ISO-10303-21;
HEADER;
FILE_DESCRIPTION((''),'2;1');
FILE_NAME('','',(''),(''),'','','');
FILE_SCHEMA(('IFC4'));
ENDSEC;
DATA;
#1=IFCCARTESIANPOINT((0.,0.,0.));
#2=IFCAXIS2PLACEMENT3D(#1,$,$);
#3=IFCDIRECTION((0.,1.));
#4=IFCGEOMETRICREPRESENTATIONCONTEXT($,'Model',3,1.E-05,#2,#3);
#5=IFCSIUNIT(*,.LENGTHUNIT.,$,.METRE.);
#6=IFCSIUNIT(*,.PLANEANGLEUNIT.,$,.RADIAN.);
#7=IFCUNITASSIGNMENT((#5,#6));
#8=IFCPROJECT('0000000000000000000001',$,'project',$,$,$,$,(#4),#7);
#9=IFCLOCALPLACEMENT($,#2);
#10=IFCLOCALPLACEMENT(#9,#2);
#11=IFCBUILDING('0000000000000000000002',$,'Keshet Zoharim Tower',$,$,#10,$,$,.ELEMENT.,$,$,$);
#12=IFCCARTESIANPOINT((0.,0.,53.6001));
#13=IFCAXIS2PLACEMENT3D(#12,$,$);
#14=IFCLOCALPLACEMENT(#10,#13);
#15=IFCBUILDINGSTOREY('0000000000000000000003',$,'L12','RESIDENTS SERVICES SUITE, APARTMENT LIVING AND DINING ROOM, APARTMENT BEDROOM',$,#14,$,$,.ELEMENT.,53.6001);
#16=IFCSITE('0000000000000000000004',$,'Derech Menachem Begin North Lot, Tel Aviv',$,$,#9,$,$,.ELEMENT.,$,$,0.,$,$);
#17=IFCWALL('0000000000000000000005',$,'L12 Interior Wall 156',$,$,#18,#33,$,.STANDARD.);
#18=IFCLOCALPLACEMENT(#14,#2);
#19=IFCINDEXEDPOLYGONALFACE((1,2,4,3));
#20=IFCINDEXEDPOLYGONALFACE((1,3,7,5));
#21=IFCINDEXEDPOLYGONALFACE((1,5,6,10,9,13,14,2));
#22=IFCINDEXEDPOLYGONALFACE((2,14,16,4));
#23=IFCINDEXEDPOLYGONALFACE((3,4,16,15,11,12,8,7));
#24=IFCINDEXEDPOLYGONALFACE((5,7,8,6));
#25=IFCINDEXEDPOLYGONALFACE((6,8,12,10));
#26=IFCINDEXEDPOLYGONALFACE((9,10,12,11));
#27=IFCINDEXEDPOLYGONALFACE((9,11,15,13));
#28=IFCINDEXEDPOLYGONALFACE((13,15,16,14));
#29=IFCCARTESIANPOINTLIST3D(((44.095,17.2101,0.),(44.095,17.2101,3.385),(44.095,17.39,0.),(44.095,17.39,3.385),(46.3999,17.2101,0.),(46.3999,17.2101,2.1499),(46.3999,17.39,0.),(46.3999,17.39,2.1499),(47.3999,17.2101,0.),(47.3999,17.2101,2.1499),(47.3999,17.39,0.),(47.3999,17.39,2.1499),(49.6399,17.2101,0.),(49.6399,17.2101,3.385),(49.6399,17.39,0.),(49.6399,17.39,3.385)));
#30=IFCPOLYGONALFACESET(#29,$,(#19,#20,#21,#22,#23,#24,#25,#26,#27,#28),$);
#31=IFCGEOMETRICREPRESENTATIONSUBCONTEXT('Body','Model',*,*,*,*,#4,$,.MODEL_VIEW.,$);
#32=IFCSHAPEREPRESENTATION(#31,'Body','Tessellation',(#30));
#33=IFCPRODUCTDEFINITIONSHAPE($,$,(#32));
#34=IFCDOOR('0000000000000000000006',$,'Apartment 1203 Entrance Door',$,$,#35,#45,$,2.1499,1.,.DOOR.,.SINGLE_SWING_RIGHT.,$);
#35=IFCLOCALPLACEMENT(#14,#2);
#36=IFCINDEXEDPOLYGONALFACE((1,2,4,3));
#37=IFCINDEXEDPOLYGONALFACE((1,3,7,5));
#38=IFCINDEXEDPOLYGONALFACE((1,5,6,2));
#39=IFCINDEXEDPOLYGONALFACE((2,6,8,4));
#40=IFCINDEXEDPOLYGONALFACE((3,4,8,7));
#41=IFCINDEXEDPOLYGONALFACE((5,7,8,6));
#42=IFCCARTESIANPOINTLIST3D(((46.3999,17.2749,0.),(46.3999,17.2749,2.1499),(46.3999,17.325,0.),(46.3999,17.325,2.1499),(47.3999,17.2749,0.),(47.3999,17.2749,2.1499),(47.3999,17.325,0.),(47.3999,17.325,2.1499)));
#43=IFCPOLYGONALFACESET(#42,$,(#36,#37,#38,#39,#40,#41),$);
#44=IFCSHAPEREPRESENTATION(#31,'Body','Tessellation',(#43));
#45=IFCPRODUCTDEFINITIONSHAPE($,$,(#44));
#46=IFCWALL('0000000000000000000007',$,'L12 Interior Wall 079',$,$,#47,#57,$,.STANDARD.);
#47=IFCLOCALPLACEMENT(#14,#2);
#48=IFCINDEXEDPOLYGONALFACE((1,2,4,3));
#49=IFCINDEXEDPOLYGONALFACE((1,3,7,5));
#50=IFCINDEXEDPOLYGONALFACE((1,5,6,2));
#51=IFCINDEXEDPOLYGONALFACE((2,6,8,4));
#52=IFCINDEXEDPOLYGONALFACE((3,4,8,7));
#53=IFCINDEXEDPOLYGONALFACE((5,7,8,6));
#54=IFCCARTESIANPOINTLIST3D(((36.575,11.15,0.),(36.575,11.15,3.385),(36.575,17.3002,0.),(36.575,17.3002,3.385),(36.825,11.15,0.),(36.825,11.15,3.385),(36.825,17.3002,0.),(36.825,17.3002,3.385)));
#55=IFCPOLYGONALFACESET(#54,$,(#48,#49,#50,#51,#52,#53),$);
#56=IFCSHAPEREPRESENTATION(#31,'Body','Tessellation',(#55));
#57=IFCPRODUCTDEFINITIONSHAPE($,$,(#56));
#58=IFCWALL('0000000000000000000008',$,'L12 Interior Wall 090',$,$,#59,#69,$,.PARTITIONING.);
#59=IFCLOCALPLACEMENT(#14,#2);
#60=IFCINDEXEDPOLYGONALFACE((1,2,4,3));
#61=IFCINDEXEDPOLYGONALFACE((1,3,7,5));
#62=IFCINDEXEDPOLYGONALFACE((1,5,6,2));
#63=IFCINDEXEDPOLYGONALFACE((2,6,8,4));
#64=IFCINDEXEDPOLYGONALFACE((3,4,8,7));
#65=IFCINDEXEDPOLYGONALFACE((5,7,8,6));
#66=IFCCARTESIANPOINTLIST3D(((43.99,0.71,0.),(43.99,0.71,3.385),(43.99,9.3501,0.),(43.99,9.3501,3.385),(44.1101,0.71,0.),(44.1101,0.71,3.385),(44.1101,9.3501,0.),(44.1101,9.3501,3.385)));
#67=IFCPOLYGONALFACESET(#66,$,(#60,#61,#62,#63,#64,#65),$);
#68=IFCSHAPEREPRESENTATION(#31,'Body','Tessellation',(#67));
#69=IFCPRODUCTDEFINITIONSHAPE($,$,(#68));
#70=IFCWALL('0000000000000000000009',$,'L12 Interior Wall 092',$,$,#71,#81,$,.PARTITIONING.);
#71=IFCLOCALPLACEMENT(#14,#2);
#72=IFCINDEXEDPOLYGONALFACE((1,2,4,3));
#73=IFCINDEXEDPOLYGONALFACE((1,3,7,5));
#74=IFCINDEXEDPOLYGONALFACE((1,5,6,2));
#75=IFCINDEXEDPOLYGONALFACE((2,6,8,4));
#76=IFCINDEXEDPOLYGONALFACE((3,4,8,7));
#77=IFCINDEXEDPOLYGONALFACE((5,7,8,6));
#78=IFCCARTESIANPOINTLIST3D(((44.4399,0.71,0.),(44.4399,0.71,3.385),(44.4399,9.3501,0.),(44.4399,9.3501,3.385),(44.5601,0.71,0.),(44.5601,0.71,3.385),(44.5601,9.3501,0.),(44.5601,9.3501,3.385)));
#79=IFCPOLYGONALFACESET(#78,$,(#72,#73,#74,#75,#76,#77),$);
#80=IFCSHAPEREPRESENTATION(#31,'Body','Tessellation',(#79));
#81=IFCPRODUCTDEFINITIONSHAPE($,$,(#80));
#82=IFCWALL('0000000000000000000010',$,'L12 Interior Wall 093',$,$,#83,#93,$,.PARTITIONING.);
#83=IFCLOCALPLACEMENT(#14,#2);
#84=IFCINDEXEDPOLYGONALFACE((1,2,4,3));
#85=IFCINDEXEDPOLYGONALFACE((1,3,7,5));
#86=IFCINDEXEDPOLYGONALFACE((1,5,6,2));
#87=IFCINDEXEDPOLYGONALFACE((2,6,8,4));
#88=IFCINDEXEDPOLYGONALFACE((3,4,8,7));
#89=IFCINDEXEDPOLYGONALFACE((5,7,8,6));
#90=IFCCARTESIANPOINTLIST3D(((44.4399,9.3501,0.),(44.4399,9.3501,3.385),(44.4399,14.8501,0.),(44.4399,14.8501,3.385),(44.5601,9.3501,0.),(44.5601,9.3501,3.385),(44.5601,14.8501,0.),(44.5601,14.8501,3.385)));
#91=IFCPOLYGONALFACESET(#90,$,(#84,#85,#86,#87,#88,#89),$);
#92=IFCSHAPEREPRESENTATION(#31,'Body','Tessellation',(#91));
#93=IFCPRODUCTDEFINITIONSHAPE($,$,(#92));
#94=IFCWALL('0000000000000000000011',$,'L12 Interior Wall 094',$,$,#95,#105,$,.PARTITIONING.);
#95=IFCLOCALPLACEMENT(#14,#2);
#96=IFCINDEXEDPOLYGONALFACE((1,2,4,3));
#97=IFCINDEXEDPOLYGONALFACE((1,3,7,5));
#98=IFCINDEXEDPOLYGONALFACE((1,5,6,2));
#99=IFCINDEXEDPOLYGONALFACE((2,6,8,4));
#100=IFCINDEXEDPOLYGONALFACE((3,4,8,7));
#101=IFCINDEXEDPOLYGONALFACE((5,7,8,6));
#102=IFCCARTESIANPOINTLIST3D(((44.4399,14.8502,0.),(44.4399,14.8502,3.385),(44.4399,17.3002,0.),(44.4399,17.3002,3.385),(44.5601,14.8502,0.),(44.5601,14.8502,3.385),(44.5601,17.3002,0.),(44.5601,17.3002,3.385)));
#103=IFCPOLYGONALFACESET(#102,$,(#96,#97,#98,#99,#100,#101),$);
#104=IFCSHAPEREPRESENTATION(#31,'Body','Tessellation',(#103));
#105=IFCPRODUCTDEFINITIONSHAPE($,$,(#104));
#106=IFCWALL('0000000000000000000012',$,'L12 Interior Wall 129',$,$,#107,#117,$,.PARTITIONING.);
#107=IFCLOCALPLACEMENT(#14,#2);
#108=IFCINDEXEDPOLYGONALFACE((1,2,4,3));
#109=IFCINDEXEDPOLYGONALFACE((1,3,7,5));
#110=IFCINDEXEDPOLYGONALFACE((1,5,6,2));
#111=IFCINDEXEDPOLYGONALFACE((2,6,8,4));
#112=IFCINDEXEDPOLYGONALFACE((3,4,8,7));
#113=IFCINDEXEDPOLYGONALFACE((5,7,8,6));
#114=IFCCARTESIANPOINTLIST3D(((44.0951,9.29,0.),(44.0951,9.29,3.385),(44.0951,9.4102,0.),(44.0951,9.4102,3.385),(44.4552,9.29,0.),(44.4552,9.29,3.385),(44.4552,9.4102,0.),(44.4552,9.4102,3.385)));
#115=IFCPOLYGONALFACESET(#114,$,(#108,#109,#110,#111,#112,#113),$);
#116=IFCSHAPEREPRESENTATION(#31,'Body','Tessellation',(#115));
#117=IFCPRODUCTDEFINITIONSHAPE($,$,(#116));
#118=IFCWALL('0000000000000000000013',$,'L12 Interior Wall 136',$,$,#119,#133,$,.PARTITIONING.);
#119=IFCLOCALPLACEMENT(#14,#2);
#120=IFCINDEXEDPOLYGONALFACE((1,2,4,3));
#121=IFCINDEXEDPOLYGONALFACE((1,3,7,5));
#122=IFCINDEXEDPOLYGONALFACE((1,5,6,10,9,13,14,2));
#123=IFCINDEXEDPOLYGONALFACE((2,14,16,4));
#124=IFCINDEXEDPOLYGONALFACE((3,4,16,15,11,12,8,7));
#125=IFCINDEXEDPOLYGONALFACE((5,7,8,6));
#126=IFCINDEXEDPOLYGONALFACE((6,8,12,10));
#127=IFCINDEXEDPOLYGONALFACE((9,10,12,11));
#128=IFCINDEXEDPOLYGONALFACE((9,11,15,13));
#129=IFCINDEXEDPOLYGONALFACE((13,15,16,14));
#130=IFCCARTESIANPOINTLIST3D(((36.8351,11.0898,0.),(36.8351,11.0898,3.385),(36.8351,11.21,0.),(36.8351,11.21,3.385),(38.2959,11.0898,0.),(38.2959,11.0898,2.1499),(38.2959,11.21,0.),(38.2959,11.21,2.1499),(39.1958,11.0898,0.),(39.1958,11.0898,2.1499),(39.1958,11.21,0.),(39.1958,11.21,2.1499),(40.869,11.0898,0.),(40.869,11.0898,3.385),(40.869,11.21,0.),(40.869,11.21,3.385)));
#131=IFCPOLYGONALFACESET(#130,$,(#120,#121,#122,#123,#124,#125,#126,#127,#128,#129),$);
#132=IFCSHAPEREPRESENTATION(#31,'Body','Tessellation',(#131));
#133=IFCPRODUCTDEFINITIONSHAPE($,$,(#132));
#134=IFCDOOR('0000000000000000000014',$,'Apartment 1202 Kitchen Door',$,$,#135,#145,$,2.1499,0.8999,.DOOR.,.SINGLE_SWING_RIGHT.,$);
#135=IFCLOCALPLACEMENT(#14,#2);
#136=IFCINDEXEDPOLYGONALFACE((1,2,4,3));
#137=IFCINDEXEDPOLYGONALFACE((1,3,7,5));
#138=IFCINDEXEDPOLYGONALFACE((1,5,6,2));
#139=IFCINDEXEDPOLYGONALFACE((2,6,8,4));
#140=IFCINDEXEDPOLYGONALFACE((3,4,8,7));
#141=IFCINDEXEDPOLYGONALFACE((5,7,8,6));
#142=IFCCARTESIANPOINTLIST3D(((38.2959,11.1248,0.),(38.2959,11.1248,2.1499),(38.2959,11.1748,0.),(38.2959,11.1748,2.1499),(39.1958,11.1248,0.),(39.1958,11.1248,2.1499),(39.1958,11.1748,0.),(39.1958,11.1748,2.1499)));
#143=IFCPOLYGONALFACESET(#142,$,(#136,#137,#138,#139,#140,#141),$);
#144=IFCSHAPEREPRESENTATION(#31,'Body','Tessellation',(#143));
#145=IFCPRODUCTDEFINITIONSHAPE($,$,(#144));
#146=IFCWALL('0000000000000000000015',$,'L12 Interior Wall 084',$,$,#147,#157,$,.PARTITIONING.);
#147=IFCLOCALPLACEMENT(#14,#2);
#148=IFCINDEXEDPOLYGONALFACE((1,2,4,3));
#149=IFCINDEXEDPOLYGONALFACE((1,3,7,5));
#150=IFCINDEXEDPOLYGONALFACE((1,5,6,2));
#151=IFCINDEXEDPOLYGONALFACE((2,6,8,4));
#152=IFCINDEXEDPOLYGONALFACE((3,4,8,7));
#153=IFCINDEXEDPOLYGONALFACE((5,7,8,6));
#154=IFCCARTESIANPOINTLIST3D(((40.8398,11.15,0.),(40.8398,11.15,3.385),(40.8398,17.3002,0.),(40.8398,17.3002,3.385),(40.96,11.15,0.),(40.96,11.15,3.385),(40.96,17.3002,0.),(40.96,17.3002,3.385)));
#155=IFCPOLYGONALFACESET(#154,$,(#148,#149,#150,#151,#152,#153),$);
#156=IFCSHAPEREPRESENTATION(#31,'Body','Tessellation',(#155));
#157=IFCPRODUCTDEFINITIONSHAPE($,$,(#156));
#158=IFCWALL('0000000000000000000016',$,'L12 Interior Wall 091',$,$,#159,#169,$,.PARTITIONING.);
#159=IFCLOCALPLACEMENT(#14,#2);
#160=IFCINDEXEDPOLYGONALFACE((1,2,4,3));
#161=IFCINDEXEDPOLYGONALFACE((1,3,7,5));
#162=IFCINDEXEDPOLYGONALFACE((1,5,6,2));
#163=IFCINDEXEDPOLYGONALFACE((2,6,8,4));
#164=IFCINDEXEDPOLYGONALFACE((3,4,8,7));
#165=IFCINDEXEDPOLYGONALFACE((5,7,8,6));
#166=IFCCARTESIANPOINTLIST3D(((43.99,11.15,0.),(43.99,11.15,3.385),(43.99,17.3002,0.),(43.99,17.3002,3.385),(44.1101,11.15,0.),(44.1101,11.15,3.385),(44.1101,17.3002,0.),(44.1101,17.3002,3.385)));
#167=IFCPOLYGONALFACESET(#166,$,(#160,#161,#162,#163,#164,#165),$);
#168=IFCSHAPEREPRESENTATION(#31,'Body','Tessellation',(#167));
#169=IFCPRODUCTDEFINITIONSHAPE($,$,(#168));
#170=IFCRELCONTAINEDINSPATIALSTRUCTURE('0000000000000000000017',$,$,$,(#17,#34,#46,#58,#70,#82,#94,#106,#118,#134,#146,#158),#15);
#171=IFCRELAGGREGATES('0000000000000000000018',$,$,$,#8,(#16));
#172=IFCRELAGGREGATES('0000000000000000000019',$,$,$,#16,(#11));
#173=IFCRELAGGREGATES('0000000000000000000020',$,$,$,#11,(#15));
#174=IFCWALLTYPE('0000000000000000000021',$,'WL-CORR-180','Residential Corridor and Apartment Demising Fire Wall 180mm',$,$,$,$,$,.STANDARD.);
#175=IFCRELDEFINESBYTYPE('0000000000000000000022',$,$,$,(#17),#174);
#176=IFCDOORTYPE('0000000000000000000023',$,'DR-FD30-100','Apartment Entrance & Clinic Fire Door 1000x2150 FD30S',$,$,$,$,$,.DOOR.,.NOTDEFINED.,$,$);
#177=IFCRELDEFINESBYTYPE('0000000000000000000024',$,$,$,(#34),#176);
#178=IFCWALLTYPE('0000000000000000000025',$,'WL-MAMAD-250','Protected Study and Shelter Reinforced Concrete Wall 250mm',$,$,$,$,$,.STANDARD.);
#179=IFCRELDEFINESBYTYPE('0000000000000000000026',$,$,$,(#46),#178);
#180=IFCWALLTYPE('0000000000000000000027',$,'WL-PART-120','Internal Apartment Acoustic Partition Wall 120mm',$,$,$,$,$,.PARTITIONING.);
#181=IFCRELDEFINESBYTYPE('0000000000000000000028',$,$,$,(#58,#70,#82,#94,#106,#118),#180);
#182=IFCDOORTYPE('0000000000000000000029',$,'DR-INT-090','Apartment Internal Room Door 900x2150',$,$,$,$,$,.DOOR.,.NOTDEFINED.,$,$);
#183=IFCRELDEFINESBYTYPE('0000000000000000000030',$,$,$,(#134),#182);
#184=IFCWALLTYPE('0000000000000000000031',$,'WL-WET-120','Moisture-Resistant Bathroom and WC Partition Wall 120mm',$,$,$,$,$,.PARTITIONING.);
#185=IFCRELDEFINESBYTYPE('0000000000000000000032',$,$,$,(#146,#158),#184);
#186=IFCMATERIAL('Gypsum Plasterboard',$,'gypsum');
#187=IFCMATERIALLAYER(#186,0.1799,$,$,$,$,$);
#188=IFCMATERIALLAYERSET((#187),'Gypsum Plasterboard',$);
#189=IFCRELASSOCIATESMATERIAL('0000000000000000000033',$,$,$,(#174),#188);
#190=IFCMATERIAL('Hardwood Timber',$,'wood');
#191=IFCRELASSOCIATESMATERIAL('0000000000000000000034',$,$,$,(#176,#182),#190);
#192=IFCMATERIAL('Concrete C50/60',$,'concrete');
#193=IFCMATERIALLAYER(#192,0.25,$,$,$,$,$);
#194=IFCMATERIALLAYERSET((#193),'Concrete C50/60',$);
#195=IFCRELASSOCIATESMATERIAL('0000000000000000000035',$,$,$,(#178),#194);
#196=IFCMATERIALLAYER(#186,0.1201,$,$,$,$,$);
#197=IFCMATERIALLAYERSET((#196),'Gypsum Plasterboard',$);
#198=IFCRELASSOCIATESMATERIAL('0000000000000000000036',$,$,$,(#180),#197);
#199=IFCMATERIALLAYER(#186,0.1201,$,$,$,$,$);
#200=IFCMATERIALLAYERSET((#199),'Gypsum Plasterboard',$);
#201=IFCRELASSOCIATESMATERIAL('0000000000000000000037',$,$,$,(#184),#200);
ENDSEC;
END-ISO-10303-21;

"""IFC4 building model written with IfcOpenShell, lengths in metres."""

from ifc_helpers import new_model, si_unit, direction, frame, frame_2d, origin, place, context, subcontext, project, spatial, rectangle, extrude, material, layer, layer_set, type_object, element, fill, save


model = new_model("IFC4")

# Units and contexts
model_context = context("Model", 3, precision=1e-05, world=origin(), true_north=direction((0.0, 1.0)))
body_context = subcontext(model_context, "Body", "Model", "MODEL_VIEW")
ifc_project = project(units=[si_unit("LENGTHUNIT", "METRE"), si_unit("PLANEANGLEUNIT", "RADIAN")], contexts=[model_context])

# Site, building, storey
site_placement = place(None, origin())
site = spatial("IfcSite", under=ifc_project, at=site_placement, Name="Derech Menachem Begin North Lot, Tel Aviv", CompositionType="ELEMENT", RefElevation=0.0)
building_placement = place(site_placement, origin())
building = spatial("IfcBuilding", under=site, at=building_placement, Name="Keshet Zoharim Tower", CompositionType="ELEMENT")
storey_placement = place(building_placement, frame((0.0, 0.0, 53.6001)))
storey = spatial("IfcBuildingStorey", under=building, at=storey_placement, Name="L12", Description="RESIDENTS SERVICES SUITE, APARTMENT LIVING AND DINING ROOM, APARTMENT BEDROOM", CompositionType="ELEMENT", Elevation=53.6001)

# Shared definitions
ifc_material_1 = material(Name="Gypsum Plasterboard", Category="gypsum")
ifc_layer_1 = layer(ifc_material_1, 0.1799)
ifc_layer_set_1 = layer_set([ifc_layer_1], Name="Gypsum Plasterboard")
wall_type_1 = type_object("IfcWallType", Name="WL-CORR-180", Description="Residential Corridor and Apartment Demising Fire Wall 180mm", PredefinedType="STANDARD", material=ifc_layer_set_1)

# Wall, opening, door
wall_1_placement = place(storey_placement, frame((44.095, 17.3, 0.0), z_axis=(0.0, 0.0, 1.0), x_axis=(1.0, 0.0, 0.0)))
wall_1 = element("IfcWall", 1, at=wall_1_placement, inside=storey, type_object=wall_type_1, Name="L12 Interior Wall 156", PredefinedType="STANDARD", context=body_context, shape_type="SweptSolid", body=[
    extrude(rectangle(XDim=5.5449, YDim=0.1799, at=frame_2d((2.7725, 0.0))), origin(), (0.0, 0.0, 1.0), 3.385),
])
opening_1_placement = place(wall_1_placement, frame((2.3049, 0.0, 0.0)))
opening_1 = element("IfcOpeningElement", 2, at=opening_1_placement, cuts=wall_1, PredefinedType="OPENING", context=body_context, shape_type="SweptSolid", body=[
    extrude(rectangle(XDim=1.0, YDim=2.1499, at=frame_2d((0.5, 1.075))), frame((0.0, 0.1001, 0.0), z_axis=(0.0, -1.0, 0.0), x_axis=(1.0, 0.0, 0.0)), (0.0, 0.0, 1.0), 0.2),
])
ifc_material_2 = material(Name="Hardwood Timber", Category="wood")
door_type_1 = type_object("IfcDoorType", Name="DR-FD30-100", Description="Apartment Entrance & Clinic Fire Door 1000x2150 FD30S", OperationType="NOTDEFINED", PredefinedType="DOOR", material=ifc_material_2)
door_1_placement = place(opening_1_placement, origin())
door_1 = element("IfcDoor", 3, at=door_1_placement, inside=storey, type_object=door_type_1, Name="Apartment 1203 Entrance Door", OperationType="SINGLE_SWING_RIGHT", OverallHeight=2.1499, OverallWidth=1.0, PredefinedType="DOOR", context=body_context, shape_type="SweptSolid", body=[
    extrude(rectangle(XDim=1.0, YDim=2.1499, at=frame_2d((0.5, 1.075))), frame((0.0, 0.0249, 0.0), z_axis=(0.0, -1.0, 0.0), x_axis=(1.0, 0.0, 0.0)), (0.0, 0.0, 1.0), 0.05),
])
fill(opening_1, door_1)

# Walls
ifc_material_3 = material(Name="Concrete C50/60", Category="concrete")
ifc_layer_2 = layer(ifc_material_3, 0.25)
ifc_layer_set_2 = layer_set([ifc_layer_2], Name="Concrete C50/60")
wall_type_2 = type_object("IfcWallType", Name="WL-MAMAD-250", Description="Protected Study and Shelter Reinforced Concrete Wall 250mm", PredefinedType="STANDARD", material=ifc_layer_set_2)
wall_2_placement = place(storey_placement, frame((36.7, 11.1499, 0.0), z_axis=(0.0, 0.0, 1.0), x_axis=(0.0, 1.0, 0.0)))
element("IfcWall", 4, at=wall_2_placement, inside=storey, type_object=wall_type_2, Name="L12 Interior Wall 079", PredefinedType="STANDARD", context=body_context, shape_type="SweptSolid", body=[
    extrude(rectangle(XDim=6.1501, YDim=0.25, at=frame_2d((3.0752, 0.0))), origin(), (0.0, 0.0, 1.0), 3.385),
])
ifc_layer_3 = layer(ifc_material_1, 0.1201)
ifc_layer_set_3 = layer_set([ifc_layer_3], Name="Gypsum Plasterboard")
wall_type_3 = type_object("IfcWallType", Name="WL-PART-120", Description="Internal Apartment Acoustic Partition Wall 120mm", PredefinedType="PARTITIONING", material=ifc_layer_set_3)
for number, where, z_axis, x_axis, name in (
    (5, (44.05, 0.71, 0.0), (0.0, 0.0, 1.0), (0.0, 1.0, 0.0), "L12 Interior Wall 090"),
    (6, (44.5, 0.71, 0.0), (0.0, 0.0, 1.0), (0.0, 1.0, 0.0), "L12 Interior Wall 092"),
):
    element("IfcWall", number, at=place(storey_placement, frame(where, z_axis=z_axis, x_axis=x_axis)), inside=storey, type_object=wall_type_3, Name=name, PredefinedType="PARTITIONING", context=body_context, shape_type="SweptSolid", body=[
        extrude(rectangle(XDim=8.6401, YDim=0.1201, at=frame_2d((4.3201, 0.0))), origin(), (0.0, 0.0, 1.0), 3.385),
    ])
wall_3_placement = place(storey_placement, frame((44.5, 9.3501, 0.0), z_axis=(0.0, 0.0, 1.0), x_axis=(0.0, 1.0, 0.0)))
element("IfcWall", 7, at=wall_3_placement, inside=storey, type_object=wall_type_3, Name="L12 Interior Wall 093", PredefinedType="PARTITIONING", context=body_context, shape_type="SweptSolid", body=[
    extrude(rectangle(XDim=5.5, YDim=0.1201, at=frame_2d((2.75, 0.0))), origin(), (0.0, 0.0, 1.0), 3.385),
])
wall_4_placement = place(storey_placement, frame((44.5, 14.8501, 0.0), z_axis=(0.0, 0.0, 1.0), x_axis=(0.0, 1.0, 0.0)))
element("IfcWall", 8, at=wall_4_placement, inside=storey, type_object=wall_type_3, Name="L12 Interior Wall 094", PredefinedType="PARTITIONING", context=body_context, shape_type="SweptSolid", body=[
    extrude(rectangle(XDim=2.45, YDim=0.1201, at=frame_2d((1.2251, 0.0))), origin(), (0.0, 0.0, 1.0), 3.385),
])
wall_5_placement = place(storey_placement, frame((44.095, 9.3501, 0.0), z_axis=(0.0, 0.0, 1.0), x_axis=(1.0, 0.0, 0.0)))
element("IfcWall", 9, at=wall_5_placement, inside=storey, type_object=wall_type_3, Name="L12 Interior Wall 129", PredefinedType="PARTITIONING", context=body_context, shape_type="SweptSolid", body=[
    extrude(rectangle(XDim=0.3601, YDim=0.1201, at=frame_2d((0.1802, 0.0))), origin(), (0.0, 0.0, 1.0), 3.385),
])

# Wall, opening, door
wall_6_placement = place(storey_placement, frame((36.835, 11.1499, 0.0), z_axis=(0.0, 0.0, 1.0), x_axis=(1.0, 0.0, 0.0)))
wall_6 = element("IfcWall", 10, at=wall_6_placement, inside=storey, type_object=wall_type_3, Name="L12 Interior Wall 136", PredefinedType="PARTITIONING", context=body_context, shape_type="SweptSolid", body=[
    extrude(rectangle(XDim=4.0339, YDim=0.1201, at=frame_2d((2.0171, 0.0))), origin(), (0.0, 0.0, 1.0), 3.385),
])
opening_2_placement = place(wall_6_placement, frame((1.4609, 0.0, 0.0)))
opening_2 = element("IfcOpeningElement", 11, at=opening_2_placement, cuts=wall_6, PredefinedType="OPENING", context=body_context, shape_type="SweptSolid", body=[
    extrude(rectangle(XDim=0.8999, YDim=2.1499, at=frame_2d((0.45, 1.075))), frame((0.0, 0.0701, 0.0), z_axis=(0.0, -1.0, 0.0), x_axis=(1.0, 0.0, 0.0)), (0.0, 0.0, 1.0), 0.1401),
])
door_type_2 = type_object("IfcDoorType", Name="DR-INT-090", Description="Apartment Internal Room Door 900x2150", OperationType="NOTDEFINED", PredefinedType="DOOR", material=ifc_material_2)
door_2_placement = place(opening_2_placement, origin())
door_2 = element("IfcDoor", 12, at=door_2_placement, inside=storey, type_object=door_type_2, Name="Apartment 1202 Kitchen Door", OperationType="SINGLE_SWING_RIGHT", OverallHeight=2.1499, OverallWidth=0.8999, PredefinedType="DOOR", context=body_context, shape_type="SweptSolid", body=[
    extrude(rectangle(XDim=0.8999, YDim=2.1499, at=frame_2d((0.45, 1.075))), frame((0.0, 0.0249, 0.0), z_axis=(0.0, -1.0, 0.0), x_axis=(1.0, 0.0, 0.0)), (0.0, 0.0, 1.0), 0.05),
])
fill(opening_2, door_2)

# Walls
ifc_layer_4 = layer(ifc_material_1, 0.1201)
ifc_layer_set_4 = layer_set([ifc_layer_4], Name="Gypsum Plasterboard")
wall_type_4 = type_object("IfcWallType", Name="WL-WET-120", Description="Moisture-Resistant Bathroom and WC Partition Wall 120mm", PredefinedType="PARTITIONING", material=ifc_layer_set_4)
for number, where, z_axis, x_axis, name in (
    (13, (40.8999, 11.1499, 0.0), (0.0, 0.0, 1.0), (0.0, 1.0, 0.0), "L12 Interior Wall 084"),
    (14, (44.05, 11.1499, 0.0), (0.0, 0.0, 1.0), (0.0, 1.0, 0.0), "L12 Interior Wall 091"),
):
    element("IfcWall", number, at=place(storey_placement, frame(where, z_axis=z_axis, x_axis=x_axis)), inside=storey, type_object=wall_type_4, Name=name, PredefinedType="PARTITIONING", context=body_context, shape_type="SweptSolid", body=[
        extrude(rectangle(XDim=6.1501, YDim=0.1201, at=frame_2d((3.0752, 0.0))), origin(), (0.0, 0.0, 1.0), 3.385),
    ])

save(model, "model.ifc")
